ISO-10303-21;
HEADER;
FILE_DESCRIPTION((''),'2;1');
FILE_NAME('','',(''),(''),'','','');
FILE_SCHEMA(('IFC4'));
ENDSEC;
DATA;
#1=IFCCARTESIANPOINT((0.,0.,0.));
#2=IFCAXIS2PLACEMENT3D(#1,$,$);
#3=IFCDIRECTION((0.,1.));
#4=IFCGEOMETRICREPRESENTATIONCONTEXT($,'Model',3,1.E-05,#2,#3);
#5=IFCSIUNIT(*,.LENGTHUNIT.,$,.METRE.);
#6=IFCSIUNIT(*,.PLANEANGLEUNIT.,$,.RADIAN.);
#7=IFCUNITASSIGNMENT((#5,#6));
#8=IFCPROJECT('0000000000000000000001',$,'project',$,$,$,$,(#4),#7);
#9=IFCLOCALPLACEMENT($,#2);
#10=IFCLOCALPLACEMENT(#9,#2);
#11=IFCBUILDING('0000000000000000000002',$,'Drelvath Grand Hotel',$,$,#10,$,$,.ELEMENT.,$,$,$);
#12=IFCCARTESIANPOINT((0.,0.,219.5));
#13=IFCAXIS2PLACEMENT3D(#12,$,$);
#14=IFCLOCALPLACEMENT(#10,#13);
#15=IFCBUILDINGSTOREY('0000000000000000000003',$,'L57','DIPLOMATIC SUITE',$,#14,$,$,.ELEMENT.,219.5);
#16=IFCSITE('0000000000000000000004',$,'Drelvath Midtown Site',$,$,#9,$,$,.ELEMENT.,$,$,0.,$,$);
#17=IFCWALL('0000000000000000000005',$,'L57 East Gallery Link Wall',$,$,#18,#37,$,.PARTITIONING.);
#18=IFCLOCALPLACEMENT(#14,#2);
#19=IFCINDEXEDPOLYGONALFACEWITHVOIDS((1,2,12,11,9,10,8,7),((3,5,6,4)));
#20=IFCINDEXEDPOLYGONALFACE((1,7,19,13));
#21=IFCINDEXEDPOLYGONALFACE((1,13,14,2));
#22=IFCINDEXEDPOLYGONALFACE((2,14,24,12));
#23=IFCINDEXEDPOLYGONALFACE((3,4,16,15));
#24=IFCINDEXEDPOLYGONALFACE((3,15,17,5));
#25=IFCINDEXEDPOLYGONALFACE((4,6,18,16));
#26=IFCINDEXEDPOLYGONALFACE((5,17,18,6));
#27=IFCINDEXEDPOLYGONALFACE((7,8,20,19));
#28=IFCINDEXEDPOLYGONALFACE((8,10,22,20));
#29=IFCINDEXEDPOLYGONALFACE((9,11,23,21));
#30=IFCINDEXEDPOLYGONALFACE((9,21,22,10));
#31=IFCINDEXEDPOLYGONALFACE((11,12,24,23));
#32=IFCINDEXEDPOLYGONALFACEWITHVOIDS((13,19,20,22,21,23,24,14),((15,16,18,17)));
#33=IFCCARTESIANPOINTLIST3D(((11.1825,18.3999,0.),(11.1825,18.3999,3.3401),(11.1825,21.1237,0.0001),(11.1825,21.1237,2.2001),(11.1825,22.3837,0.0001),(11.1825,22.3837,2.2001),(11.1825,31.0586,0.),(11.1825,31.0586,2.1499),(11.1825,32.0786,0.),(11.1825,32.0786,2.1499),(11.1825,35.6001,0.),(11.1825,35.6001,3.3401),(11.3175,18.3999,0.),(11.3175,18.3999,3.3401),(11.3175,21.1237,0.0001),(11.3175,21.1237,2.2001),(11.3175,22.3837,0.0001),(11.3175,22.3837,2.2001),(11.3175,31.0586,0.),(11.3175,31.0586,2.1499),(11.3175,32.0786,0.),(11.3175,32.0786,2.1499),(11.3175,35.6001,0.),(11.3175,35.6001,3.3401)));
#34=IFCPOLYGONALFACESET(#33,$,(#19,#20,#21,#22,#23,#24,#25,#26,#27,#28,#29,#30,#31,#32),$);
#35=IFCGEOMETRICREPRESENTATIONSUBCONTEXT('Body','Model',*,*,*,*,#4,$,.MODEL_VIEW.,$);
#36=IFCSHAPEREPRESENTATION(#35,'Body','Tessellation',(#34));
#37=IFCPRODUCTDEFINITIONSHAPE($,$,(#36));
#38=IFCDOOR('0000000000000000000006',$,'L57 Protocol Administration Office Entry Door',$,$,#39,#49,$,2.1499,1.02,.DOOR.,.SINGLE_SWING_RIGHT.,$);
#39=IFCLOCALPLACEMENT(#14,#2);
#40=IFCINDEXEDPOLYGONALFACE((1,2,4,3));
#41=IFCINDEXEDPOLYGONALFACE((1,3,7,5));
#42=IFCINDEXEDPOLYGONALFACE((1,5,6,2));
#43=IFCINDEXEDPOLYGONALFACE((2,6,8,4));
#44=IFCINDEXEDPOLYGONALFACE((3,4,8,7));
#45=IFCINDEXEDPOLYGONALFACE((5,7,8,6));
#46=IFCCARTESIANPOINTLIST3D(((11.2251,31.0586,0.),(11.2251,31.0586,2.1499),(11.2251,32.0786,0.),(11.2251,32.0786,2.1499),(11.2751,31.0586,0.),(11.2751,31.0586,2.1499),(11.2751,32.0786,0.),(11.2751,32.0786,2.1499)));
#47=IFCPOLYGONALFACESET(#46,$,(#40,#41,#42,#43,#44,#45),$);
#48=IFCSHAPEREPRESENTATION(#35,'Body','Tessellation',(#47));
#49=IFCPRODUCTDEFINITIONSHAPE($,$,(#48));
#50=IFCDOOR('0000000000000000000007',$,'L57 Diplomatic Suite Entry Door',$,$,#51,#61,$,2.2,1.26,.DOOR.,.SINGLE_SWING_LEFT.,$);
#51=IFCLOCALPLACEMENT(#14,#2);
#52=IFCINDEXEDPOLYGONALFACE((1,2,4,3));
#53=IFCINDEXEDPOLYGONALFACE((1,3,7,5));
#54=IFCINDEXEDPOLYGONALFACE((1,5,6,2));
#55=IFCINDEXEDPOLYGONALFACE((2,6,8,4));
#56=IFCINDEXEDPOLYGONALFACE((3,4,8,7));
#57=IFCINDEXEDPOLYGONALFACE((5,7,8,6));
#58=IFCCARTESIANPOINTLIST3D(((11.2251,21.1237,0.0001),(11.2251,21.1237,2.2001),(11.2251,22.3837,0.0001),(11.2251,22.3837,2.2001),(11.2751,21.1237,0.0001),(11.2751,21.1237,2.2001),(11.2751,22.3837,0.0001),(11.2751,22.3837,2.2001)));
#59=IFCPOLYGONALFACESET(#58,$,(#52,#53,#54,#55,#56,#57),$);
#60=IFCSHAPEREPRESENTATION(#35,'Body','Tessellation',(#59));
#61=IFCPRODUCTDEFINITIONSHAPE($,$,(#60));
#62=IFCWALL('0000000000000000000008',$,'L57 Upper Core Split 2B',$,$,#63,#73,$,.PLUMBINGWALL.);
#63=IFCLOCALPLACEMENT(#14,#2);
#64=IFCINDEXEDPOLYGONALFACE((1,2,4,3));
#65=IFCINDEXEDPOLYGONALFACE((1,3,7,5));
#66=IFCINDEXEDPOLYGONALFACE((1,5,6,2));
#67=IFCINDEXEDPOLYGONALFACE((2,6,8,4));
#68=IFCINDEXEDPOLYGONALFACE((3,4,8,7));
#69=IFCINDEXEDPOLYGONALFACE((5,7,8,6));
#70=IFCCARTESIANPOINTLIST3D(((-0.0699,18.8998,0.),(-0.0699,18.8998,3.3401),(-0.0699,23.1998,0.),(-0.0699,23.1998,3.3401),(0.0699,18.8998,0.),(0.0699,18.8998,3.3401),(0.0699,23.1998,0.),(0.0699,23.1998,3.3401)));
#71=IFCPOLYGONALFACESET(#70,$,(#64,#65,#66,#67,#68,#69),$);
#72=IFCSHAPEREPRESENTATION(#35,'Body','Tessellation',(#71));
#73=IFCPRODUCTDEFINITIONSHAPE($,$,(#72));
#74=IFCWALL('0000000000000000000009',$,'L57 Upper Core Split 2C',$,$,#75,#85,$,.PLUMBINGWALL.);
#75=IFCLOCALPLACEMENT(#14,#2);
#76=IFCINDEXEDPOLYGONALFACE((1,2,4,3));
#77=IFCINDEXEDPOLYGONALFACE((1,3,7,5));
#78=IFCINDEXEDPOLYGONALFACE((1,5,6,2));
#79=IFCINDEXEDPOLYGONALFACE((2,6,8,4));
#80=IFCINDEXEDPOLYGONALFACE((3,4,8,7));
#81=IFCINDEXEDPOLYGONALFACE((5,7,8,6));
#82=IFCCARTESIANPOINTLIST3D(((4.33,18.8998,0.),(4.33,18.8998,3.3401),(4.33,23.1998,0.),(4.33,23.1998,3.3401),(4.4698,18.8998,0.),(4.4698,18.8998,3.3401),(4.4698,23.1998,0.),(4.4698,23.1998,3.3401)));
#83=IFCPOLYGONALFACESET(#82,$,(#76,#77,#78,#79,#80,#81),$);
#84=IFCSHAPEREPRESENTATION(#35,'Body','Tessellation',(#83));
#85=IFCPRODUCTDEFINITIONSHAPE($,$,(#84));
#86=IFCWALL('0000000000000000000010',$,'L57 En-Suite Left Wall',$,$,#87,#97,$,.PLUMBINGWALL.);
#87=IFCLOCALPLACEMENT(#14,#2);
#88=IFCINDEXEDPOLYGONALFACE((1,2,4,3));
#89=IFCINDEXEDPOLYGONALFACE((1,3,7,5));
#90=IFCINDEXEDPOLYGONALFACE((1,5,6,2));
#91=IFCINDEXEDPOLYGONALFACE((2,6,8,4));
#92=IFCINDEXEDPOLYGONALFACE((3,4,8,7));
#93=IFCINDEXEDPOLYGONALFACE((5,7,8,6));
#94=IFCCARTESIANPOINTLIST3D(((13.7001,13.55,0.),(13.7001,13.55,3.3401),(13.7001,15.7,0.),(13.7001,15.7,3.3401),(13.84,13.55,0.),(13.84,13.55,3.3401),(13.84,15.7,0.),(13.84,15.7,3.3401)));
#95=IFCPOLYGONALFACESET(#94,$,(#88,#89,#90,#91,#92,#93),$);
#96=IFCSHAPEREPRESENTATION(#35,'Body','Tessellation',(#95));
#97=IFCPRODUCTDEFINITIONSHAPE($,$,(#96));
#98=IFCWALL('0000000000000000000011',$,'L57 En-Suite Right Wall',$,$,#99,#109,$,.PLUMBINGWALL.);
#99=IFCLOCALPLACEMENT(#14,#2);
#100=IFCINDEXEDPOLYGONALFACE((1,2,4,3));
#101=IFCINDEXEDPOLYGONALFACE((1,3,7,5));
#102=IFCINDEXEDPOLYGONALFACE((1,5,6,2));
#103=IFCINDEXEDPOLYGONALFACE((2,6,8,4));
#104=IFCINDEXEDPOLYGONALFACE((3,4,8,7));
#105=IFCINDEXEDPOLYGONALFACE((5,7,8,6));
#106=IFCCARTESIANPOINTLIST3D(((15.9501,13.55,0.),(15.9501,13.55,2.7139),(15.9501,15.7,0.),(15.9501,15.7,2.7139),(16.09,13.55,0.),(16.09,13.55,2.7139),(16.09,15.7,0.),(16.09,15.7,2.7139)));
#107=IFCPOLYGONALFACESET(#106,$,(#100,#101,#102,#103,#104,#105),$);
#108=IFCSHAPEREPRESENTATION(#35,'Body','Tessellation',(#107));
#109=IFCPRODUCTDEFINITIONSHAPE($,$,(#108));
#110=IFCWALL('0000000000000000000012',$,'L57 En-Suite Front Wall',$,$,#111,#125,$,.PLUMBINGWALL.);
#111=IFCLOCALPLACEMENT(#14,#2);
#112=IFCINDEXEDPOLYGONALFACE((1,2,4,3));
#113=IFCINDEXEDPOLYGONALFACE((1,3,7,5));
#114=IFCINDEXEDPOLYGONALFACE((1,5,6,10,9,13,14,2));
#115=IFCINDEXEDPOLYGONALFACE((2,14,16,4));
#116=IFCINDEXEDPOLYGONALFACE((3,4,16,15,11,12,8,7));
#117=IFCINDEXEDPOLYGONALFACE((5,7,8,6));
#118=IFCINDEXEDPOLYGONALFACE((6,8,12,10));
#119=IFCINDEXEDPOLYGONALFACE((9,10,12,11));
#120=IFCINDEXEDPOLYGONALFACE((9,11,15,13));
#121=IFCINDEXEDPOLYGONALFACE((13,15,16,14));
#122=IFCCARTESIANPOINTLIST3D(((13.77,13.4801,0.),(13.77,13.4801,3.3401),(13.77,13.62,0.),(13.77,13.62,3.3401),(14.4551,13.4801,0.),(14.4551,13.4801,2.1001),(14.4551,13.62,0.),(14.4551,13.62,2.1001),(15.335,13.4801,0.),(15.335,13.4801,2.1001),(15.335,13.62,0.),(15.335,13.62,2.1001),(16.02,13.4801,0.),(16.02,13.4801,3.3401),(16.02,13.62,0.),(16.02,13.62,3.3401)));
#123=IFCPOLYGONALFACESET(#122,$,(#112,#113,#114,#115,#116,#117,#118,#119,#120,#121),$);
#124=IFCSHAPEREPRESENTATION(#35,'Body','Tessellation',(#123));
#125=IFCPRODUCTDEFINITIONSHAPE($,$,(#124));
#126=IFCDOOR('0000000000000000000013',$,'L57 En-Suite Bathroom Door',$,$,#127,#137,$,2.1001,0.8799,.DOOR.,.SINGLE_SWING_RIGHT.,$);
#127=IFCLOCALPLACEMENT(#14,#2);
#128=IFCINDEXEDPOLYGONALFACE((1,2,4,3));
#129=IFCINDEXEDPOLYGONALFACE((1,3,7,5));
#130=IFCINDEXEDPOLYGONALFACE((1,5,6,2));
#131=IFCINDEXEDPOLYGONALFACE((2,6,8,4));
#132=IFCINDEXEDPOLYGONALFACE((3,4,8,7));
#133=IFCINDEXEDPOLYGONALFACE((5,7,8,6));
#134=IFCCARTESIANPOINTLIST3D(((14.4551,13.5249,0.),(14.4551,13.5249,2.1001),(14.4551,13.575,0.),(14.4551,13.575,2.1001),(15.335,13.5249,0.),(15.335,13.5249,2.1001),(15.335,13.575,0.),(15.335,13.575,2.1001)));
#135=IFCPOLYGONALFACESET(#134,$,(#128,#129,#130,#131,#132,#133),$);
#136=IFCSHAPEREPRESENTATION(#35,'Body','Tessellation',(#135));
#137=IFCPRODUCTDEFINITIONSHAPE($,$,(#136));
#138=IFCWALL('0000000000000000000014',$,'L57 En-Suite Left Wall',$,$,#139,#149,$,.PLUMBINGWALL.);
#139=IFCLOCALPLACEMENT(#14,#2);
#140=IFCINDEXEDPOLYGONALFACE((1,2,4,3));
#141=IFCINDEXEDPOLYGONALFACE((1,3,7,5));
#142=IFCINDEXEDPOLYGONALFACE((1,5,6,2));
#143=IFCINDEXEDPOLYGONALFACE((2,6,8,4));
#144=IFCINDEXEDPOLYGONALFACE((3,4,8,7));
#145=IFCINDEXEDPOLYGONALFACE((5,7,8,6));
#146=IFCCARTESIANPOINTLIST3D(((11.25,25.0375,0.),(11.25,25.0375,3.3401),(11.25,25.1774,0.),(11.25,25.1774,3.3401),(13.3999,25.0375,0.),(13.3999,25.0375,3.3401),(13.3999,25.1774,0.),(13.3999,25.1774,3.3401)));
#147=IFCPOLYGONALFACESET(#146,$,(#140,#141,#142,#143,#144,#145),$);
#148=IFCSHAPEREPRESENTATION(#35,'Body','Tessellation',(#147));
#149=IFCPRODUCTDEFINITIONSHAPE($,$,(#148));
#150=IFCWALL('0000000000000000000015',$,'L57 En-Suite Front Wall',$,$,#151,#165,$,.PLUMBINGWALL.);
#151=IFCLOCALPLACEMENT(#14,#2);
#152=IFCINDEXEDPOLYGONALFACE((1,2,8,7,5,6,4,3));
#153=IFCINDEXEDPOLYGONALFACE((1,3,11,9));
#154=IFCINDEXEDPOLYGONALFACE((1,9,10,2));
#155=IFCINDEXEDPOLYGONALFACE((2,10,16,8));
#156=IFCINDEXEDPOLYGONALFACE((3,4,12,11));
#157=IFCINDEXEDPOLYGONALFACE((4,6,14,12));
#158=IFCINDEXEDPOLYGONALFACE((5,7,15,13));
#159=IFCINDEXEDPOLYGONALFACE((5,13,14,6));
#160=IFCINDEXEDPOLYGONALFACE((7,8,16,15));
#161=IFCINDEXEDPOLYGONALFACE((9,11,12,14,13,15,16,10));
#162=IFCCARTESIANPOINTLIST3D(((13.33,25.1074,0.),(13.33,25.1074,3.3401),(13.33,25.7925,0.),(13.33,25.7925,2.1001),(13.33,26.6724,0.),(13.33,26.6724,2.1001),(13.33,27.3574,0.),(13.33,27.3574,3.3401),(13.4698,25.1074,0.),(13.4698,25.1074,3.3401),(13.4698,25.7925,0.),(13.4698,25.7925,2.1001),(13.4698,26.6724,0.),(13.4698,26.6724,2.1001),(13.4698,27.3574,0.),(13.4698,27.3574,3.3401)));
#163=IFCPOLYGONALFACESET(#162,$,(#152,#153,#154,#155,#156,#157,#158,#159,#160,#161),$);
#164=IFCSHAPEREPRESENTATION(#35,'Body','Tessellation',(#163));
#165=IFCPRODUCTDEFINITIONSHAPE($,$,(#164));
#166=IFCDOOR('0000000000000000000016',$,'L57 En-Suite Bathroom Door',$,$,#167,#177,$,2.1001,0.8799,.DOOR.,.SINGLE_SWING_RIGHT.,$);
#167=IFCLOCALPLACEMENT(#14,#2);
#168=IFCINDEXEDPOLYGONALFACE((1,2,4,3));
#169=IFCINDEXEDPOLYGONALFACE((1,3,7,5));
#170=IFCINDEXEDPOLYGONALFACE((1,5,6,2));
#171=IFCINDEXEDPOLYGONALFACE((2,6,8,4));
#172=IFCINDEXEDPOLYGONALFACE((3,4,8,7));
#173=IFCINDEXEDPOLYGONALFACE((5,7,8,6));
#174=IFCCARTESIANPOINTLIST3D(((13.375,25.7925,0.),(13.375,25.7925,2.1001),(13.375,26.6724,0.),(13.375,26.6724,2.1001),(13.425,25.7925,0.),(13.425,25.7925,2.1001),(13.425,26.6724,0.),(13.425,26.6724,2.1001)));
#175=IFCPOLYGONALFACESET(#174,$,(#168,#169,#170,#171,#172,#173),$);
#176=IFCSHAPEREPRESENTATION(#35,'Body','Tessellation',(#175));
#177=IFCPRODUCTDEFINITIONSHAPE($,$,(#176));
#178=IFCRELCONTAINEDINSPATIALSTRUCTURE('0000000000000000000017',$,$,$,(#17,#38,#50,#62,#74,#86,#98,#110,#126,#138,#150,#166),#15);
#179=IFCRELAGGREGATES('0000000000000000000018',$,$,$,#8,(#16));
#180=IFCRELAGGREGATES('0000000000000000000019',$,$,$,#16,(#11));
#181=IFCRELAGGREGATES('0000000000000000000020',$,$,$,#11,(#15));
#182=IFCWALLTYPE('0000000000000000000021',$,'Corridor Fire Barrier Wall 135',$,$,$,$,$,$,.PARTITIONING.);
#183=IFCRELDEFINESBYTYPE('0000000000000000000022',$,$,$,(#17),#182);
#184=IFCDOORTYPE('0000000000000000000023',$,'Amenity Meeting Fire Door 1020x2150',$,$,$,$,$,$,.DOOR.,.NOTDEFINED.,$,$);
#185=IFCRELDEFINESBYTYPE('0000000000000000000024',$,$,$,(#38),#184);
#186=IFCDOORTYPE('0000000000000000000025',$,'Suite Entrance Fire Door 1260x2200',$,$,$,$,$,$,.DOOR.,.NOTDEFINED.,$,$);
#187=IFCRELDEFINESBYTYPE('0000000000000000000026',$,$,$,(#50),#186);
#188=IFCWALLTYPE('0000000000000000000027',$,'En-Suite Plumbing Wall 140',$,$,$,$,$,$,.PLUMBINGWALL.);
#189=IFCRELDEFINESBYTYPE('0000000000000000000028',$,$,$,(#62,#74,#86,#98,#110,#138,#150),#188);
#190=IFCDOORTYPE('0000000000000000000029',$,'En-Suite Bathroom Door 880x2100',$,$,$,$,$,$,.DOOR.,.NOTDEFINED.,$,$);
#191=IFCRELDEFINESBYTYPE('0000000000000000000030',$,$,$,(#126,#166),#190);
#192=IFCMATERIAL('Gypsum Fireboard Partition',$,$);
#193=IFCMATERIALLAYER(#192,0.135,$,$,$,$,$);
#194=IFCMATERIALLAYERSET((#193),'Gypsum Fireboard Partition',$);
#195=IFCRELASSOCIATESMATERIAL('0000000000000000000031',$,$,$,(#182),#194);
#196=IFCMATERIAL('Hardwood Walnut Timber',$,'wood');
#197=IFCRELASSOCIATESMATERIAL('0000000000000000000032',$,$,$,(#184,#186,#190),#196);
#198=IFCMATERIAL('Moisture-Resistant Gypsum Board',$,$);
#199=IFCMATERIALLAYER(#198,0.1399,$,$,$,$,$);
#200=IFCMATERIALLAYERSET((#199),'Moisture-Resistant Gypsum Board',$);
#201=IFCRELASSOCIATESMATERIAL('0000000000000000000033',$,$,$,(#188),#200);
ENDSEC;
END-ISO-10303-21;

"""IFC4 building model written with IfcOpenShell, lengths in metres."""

from ifc_helpers import new_model, si_unit, direction, frame, frame_2d, origin, place, context, subcontext, project, spatial, rectangle, extrude, material, layer, layer_set, type_object, element, fill, save


model = new_model("IFC4")

# Units and contexts
model_context = context("Model", 3, precision=1e-05, world=origin(), true_north=direction((0.0, 1.0)))
body_context = subcontext(model_context, "Body", "Model", "MODEL_VIEW")
ifc_project = project(units=[si_unit("LENGTHUNIT", "METRE"), si_unit("PLANEANGLEUNIT", "RADIAN")], contexts=[model_context])

# Site, building, storey
site_placement = place(None, origin())
site = spatial("IfcSite", under=ifc_project, at=site_placement, Name="Drelvath Midtown Site", CompositionType="ELEMENT", RefElevation=0.0)
building_placement = place(site_placement, origin())
building = spatial("IfcBuilding", under=site, at=building_placement, Name="Drelvath Grand Hotel", CompositionType="ELEMENT")
storey_placement = place(building_placement, frame((0.0, 0.0, 219.5)))
storey = spatial("IfcBuildingStorey", under=building, at=storey_placement, Name="L57", Description="DIPLOMATIC SUITE", CompositionType="ELEMENT", Elevation=219.5)

# Shared definitions
ifc_material_1 = material(Name="Gypsum Fireboard Partition")
ifc_layer_1 = layer(ifc_material_1, 0.135)
ifc_layer_set_1 = layer_set([ifc_layer_1], Name="Gypsum Fireboard Partition")
wall_type_1 = type_object("IfcWallType", Name="Corridor Fire Barrier Wall 135", PredefinedType="PARTITIONING", material=ifc_layer_set_1)

# Wall, openings, doors
wall_1_placement = place(storey_placement, frame((11.25, 18.3999, 0.0), z_axis=(0.0, 0.0, 1.0), x_axis=(0.0, 1.0, 0.0)))
wall_1 = element("IfcWall", 1, at=wall_1_placement, inside=storey, type_object=wall_type_1, Name="L57 East Gallery Link Wall", PredefinedType="PARTITIONING", context=body_context, shape_type="SweptSolid", body=[
    extrude(rectangle(XDim=17.2002, YDim=0.135, at=frame_2d((8.6001, 0.0))), origin(), (0.0, 0.0, 1.0), 3.3401),
])
opening_1_placement = place(wall_1_placement, frame((2.7239, 0.0, 0.0)))
opening_1 = element("IfcOpeningElement", 2, at=opening_1_placement, cuts=wall_1, PredefinedType="OPENING", context=body_context, shape_type="SweptSolid", body=[
    extrude(rectangle(XDim=1.26, YDim=2.2, at=frame_2d((0.6299, 1.1001))), frame((0.0, 0.0774, 0.0), z_axis=(0.0, -1.0, 0.0), x_axis=(1.0, 0.0, 0.0)), (0.0, 0.0, 1.0), 0.155),
])
opening_2_placement = place(wall_1_placement, frame((12.6587, 0.0, 0.0)))
opening_2 = element("IfcOpeningElement", 3, at=opening_2_placement, cuts=wall_1, PredefinedType="OPENING", context=body_context, shape_type="SweptSolid", body=[
    extrude(rectangle(XDim=1.02, YDim=2.1499, at=frame_2d((0.51, 1.075))), frame((0.0, 0.0774, 0.0), z_axis=(0.0, -1.0, 0.0), x_axis=(1.0, 0.0, 0.0)), (0.0, 0.0, 1.0), 0.155),
])
ifc_material_2 = material(Name="Hardwood Walnut Timber", Category="wood")
door_type_1 = type_object("IfcDoorType", Name="Amenity Meeting Fire Door 1020x2150", OperationType="NOTDEFINED", PredefinedType="DOOR", material=ifc_material_2)
door_1_placement = place(opening_2_placement, origin())
door_1 = element("IfcDoor", 4, at=door_1_placement, inside=storey, type_object=door_type_1, Name="L57 Protocol Administration Office Entry Door", OperationType="SINGLE_SWING_RIGHT", OverallHeight=2.1499, OverallWidth=1.02, PredefinedType="DOOR", context=body_context, shape_type="SweptSolid", body=[
    extrude(rectangle(XDim=1.02, YDim=2.1499, at=frame_2d((0.51, 1.075))), frame((0.0, 0.0249, 0.0), z_axis=(0.0, -1.0, 0.0), x_axis=(1.0, 0.0, 0.0)), (0.0, 0.0, 1.0), 0.05),
])
fill(opening_2, door_1)
door_type_2 = type_object("IfcDoorType", Name="Suite Entrance Fire Door 1260x2200", OperationType="NOTDEFINED", PredefinedType="DOOR", material=ifc_material_2)
door_2_placement = place(opening_1_placement, origin())
door_2 = element("IfcDoor", 5, at=door_2_placement, inside=storey, type_object=door_type_2, Name="L57 Diplomatic Suite Entry Door", OperationType="SINGLE_SWING_LEFT", OverallHeight=2.2, OverallWidth=1.26, PredefinedType="DOOR", context=body_context, shape_type="SweptSolid", body=[
    extrude(rectangle(XDim=1.26, YDim=2.2, at=frame_2d((0.6299, 1.1001))), frame((0.0, 0.0249, 0.0), z_axis=(0.0, -1.0, 0.0), x_axis=(1.0, 0.0, 0.0)), (0.0, 0.0, 1.0), 0.05),
])
fill(opening_1, door_2)

# Walls
ifc_material_3 = material(Name="Moisture-Resistant Gypsum Board")
ifc_layer_2 = layer(ifc_material_3, 0.1399)
ifc_layer_set_2 = layer_set([ifc_layer_2], Name="Moisture-Resistant Gypsum Board")
wall_type_2 = type_object("IfcWallType", Name="En-Suite Plumbing Wall 140", PredefinedType="PLUMBINGWALL", material=ifc_layer_set_2)
for number, where, z_axis, x_axis, name in (
    (6, (0.0, 18.8999, 0.0), (0.0, 0.0, 1.0), (0.0, 1.0, 0.0), "L57 Upper Core Split 2B"),
    (7, (4.3999, 18.8999, 0.0), (0.0, 0.0, 1.0), (0.0, 1.0, 0.0), "L57 Upper Core Split 2C"),
):
    element("IfcWall", number, at=place(storey_placement, frame(where, z_axis=z_axis, x_axis=x_axis)), inside=storey, type_object=wall_type_2, Name=name, PredefinedType="PLUMBINGWALL", context=body_context, shape_type="SweptSolid", body=[
        extrude(rectangle(XDim=4.3, YDim=0.1399, at=frame_2d((2.1499, 0.0))), origin(), (0.0, 0.0, 1.0), 3.3401),
    ])
wall_2_placement = place(storey_placement, frame((13.77, 15.7, 0.0), z_axis=(0.0, 0.0, 1.0), x_axis=(0.0, -1.0, 0.0)))
element("IfcWall", 8, at=wall_2_placement, inside=storey, type_object=wall_type_2, Name="L57 En-Suite Left Wall", PredefinedType="PLUMBINGWALL", context=body_context, shape_type="SweptSolid", body=[
    extrude(rectangle(XDim=2.1499, YDim=0.1399, at=frame_2d((1.075, 0.0))), origin(), (0.0, 0.0, 1.0), 3.3401),
])
wall_3_placement = place(storey_placement, frame((16.02, 15.7, 0.0), z_axis=(0.0, 0.0, 1.0), x_axis=(0.0, -1.0, 0.0)))
element("IfcWall", 9, at=wall_3_placement, inside=storey, type_object=wall_type_2, Name="L57 En-Suite Right Wall", PredefinedType="PLUMBINGWALL", context=body_context, shape_type="SweptSolid", body=[
    extrude(rectangle(XDim=2.1499, YDim=0.1399, at=frame_2d((1.075, 0.0))), origin(), (0.0, 0.0, 1.0), 2.7139),
])

# Wall, opening, door
wall_4_placement = place(storey_placement, frame((13.77, 13.55, 0.0), z_axis=(0.0, 0.0, 1.0), x_axis=(1.0, 0.0, 0.0)))
wall_4 = element("IfcWall", 10, at=wall_4_placement, inside=storey, type_object=wall_type_2, Name="L57 En-Suite Front Wall", PredefinedType="PLUMBINGWALL", context=body_context, shape_type="SweptSolid", body=[
    extrude(rectangle(XDim=2.25, YDim=0.1399, at=frame_2d((1.125, 0.0))), origin(), (0.0, 0.0, 1.0), 3.3401),
])
opening_3_placement = place(wall_4_placement, frame((0.6851, 0.0, 0.0)))
opening_3 = element("IfcOpeningElement", 11, at=opening_3_placement, cuts=wall_4, PredefinedType="OPENING", context=body_context, shape_type="SweptSolid", body=[
    extrude(rectangle(XDim=0.8799, YDim=2.1001, at=frame_2d((0.4399, 1.05))), frame((0.0, 0.0798, 0.0), z_axis=(0.0, -1.0, 0.0), x_axis=(1.0, 0.0, 0.0)), (0.0, 0.0, 1.0), 0.1599),
])
door_type_3 = type_object("IfcDoorType", Name="En-Suite Bathroom Door 880x2100", OperationType="NOTDEFINED", PredefinedType="DOOR", material=ifc_material_2)
door_3_placement = place(opening_3_placement, origin())
door_3 = element("IfcDoor", 12, at=door_3_placement, inside=storey, type_object=door_type_3, Name="L57 En-Suite Bathroom Door", OperationType="SINGLE_SWING_RIGHT", OverallHeight=2.1001, OverallWidth=0.8799, PredefinedType="DOOR", context=body_context, shape_type="SweptSolid", body=[
    extrude(rectangle(XDim=0.8799, YDim=2.1001, at=frame_2d((0.4399, 1.05))), frame((0.0, 0.0249, 0.0), z_axis=(0.0, -1.0, 0.0), x_axis=(1.0, 0.0, 0.0)), (0.0, 0.0, 1.0), 0.05),
])
fill(opening_3, door_3)

# Wall
wall_5_placement = place(storey_placement, frame((11.25, 25.1074, 0.0), z_axis=(0.0, 0.0, 1.0), x_axis=(1.0, 0.0, 0.0)))
element("IfcWall", 13, at=wall_5_placement, inside=storey, type_object=wall_type_2, Name="L57 En-Suite Left Wall", PredefinedType="PLUMBINGWALL", context=body_context, shape_type="SweptSolid", body=[
    extrude(rectangle(XDim=2.1499, YDim=0.1399, at=frame_2d((1.075, 0.0))), origin(), (0.0, 0.0, 1.0), 3.3401),
])

# Wall, opening, door
wall_6_placement = place(storey_placement, frame((13.3999, 25.1074, 0.0), z_axis=(0.0, 0.0, 1.0), x_axis=(0.0, 1.0, 0.0)))
wall_6 = element("IfcWall", 14, at=wall_6_placement, inside=storey, type_object=wall_type_2, Name="L57 En-Suite Front Wall", PredefinedType="PLUMBINGWALL", context=body_context, shape_type="SweptSolid", body=[
    extrude(rectangle(XDim=2.25, YDim=0.1399, at=frame_2d((1.125, 0.0))), origin(), (0.0, 0.0, 1.0), 3.3401),
])
opening_4_placement = place(wall_6_placement, frame((0.6851, 0.0, 0.0)))
opening_4 = element("IfcOpeningElement", 15, at=opening_4_placement, cuts=wall_6, PredefinedType="OPENING", context=body_context, shape_type="SweptSolid", body=[
    extrude(rectangle(XDim=0.8799, YDim=2.1001, at=frame_2d((0.4399, 1.05))), frame((0.0, 0.0798, 0.0), z_axis=(0.0, -1.0, 0.0), x_axis=(1.0, 0.0, 0.0)), (0.0, 0.0, 1.0), 0.1599),
])
door_4_placement = place(opening_4_placement, origin())
door_4 = element("IfcDoor", 16, at=door_4_placement, inside=storey, type_object=door_type_3, Name="L57 En-Suite Bathroom Door", OperationType="SINGLE_SWING_RIGHT", OverallHeight=2.1001, OverallWidth=0.8799, PredefinedType="DOOR", context=body_context, shape_type="SweptSolid", body=[
    extrude(rectangle(XDim=0.8799, YDim=2.1001, at=frame_2d((0.4399, 1.05))), frame((0.0, 0.0249, 0.0), z_axis=(0.0, -1.0, 0.0), x_axis=(1.0, 0.0, 0.0)), (0.0, 0.0, 1.0), 0.05),
])
fill(opening_4, door_4)

save(model, "model.ifc")
